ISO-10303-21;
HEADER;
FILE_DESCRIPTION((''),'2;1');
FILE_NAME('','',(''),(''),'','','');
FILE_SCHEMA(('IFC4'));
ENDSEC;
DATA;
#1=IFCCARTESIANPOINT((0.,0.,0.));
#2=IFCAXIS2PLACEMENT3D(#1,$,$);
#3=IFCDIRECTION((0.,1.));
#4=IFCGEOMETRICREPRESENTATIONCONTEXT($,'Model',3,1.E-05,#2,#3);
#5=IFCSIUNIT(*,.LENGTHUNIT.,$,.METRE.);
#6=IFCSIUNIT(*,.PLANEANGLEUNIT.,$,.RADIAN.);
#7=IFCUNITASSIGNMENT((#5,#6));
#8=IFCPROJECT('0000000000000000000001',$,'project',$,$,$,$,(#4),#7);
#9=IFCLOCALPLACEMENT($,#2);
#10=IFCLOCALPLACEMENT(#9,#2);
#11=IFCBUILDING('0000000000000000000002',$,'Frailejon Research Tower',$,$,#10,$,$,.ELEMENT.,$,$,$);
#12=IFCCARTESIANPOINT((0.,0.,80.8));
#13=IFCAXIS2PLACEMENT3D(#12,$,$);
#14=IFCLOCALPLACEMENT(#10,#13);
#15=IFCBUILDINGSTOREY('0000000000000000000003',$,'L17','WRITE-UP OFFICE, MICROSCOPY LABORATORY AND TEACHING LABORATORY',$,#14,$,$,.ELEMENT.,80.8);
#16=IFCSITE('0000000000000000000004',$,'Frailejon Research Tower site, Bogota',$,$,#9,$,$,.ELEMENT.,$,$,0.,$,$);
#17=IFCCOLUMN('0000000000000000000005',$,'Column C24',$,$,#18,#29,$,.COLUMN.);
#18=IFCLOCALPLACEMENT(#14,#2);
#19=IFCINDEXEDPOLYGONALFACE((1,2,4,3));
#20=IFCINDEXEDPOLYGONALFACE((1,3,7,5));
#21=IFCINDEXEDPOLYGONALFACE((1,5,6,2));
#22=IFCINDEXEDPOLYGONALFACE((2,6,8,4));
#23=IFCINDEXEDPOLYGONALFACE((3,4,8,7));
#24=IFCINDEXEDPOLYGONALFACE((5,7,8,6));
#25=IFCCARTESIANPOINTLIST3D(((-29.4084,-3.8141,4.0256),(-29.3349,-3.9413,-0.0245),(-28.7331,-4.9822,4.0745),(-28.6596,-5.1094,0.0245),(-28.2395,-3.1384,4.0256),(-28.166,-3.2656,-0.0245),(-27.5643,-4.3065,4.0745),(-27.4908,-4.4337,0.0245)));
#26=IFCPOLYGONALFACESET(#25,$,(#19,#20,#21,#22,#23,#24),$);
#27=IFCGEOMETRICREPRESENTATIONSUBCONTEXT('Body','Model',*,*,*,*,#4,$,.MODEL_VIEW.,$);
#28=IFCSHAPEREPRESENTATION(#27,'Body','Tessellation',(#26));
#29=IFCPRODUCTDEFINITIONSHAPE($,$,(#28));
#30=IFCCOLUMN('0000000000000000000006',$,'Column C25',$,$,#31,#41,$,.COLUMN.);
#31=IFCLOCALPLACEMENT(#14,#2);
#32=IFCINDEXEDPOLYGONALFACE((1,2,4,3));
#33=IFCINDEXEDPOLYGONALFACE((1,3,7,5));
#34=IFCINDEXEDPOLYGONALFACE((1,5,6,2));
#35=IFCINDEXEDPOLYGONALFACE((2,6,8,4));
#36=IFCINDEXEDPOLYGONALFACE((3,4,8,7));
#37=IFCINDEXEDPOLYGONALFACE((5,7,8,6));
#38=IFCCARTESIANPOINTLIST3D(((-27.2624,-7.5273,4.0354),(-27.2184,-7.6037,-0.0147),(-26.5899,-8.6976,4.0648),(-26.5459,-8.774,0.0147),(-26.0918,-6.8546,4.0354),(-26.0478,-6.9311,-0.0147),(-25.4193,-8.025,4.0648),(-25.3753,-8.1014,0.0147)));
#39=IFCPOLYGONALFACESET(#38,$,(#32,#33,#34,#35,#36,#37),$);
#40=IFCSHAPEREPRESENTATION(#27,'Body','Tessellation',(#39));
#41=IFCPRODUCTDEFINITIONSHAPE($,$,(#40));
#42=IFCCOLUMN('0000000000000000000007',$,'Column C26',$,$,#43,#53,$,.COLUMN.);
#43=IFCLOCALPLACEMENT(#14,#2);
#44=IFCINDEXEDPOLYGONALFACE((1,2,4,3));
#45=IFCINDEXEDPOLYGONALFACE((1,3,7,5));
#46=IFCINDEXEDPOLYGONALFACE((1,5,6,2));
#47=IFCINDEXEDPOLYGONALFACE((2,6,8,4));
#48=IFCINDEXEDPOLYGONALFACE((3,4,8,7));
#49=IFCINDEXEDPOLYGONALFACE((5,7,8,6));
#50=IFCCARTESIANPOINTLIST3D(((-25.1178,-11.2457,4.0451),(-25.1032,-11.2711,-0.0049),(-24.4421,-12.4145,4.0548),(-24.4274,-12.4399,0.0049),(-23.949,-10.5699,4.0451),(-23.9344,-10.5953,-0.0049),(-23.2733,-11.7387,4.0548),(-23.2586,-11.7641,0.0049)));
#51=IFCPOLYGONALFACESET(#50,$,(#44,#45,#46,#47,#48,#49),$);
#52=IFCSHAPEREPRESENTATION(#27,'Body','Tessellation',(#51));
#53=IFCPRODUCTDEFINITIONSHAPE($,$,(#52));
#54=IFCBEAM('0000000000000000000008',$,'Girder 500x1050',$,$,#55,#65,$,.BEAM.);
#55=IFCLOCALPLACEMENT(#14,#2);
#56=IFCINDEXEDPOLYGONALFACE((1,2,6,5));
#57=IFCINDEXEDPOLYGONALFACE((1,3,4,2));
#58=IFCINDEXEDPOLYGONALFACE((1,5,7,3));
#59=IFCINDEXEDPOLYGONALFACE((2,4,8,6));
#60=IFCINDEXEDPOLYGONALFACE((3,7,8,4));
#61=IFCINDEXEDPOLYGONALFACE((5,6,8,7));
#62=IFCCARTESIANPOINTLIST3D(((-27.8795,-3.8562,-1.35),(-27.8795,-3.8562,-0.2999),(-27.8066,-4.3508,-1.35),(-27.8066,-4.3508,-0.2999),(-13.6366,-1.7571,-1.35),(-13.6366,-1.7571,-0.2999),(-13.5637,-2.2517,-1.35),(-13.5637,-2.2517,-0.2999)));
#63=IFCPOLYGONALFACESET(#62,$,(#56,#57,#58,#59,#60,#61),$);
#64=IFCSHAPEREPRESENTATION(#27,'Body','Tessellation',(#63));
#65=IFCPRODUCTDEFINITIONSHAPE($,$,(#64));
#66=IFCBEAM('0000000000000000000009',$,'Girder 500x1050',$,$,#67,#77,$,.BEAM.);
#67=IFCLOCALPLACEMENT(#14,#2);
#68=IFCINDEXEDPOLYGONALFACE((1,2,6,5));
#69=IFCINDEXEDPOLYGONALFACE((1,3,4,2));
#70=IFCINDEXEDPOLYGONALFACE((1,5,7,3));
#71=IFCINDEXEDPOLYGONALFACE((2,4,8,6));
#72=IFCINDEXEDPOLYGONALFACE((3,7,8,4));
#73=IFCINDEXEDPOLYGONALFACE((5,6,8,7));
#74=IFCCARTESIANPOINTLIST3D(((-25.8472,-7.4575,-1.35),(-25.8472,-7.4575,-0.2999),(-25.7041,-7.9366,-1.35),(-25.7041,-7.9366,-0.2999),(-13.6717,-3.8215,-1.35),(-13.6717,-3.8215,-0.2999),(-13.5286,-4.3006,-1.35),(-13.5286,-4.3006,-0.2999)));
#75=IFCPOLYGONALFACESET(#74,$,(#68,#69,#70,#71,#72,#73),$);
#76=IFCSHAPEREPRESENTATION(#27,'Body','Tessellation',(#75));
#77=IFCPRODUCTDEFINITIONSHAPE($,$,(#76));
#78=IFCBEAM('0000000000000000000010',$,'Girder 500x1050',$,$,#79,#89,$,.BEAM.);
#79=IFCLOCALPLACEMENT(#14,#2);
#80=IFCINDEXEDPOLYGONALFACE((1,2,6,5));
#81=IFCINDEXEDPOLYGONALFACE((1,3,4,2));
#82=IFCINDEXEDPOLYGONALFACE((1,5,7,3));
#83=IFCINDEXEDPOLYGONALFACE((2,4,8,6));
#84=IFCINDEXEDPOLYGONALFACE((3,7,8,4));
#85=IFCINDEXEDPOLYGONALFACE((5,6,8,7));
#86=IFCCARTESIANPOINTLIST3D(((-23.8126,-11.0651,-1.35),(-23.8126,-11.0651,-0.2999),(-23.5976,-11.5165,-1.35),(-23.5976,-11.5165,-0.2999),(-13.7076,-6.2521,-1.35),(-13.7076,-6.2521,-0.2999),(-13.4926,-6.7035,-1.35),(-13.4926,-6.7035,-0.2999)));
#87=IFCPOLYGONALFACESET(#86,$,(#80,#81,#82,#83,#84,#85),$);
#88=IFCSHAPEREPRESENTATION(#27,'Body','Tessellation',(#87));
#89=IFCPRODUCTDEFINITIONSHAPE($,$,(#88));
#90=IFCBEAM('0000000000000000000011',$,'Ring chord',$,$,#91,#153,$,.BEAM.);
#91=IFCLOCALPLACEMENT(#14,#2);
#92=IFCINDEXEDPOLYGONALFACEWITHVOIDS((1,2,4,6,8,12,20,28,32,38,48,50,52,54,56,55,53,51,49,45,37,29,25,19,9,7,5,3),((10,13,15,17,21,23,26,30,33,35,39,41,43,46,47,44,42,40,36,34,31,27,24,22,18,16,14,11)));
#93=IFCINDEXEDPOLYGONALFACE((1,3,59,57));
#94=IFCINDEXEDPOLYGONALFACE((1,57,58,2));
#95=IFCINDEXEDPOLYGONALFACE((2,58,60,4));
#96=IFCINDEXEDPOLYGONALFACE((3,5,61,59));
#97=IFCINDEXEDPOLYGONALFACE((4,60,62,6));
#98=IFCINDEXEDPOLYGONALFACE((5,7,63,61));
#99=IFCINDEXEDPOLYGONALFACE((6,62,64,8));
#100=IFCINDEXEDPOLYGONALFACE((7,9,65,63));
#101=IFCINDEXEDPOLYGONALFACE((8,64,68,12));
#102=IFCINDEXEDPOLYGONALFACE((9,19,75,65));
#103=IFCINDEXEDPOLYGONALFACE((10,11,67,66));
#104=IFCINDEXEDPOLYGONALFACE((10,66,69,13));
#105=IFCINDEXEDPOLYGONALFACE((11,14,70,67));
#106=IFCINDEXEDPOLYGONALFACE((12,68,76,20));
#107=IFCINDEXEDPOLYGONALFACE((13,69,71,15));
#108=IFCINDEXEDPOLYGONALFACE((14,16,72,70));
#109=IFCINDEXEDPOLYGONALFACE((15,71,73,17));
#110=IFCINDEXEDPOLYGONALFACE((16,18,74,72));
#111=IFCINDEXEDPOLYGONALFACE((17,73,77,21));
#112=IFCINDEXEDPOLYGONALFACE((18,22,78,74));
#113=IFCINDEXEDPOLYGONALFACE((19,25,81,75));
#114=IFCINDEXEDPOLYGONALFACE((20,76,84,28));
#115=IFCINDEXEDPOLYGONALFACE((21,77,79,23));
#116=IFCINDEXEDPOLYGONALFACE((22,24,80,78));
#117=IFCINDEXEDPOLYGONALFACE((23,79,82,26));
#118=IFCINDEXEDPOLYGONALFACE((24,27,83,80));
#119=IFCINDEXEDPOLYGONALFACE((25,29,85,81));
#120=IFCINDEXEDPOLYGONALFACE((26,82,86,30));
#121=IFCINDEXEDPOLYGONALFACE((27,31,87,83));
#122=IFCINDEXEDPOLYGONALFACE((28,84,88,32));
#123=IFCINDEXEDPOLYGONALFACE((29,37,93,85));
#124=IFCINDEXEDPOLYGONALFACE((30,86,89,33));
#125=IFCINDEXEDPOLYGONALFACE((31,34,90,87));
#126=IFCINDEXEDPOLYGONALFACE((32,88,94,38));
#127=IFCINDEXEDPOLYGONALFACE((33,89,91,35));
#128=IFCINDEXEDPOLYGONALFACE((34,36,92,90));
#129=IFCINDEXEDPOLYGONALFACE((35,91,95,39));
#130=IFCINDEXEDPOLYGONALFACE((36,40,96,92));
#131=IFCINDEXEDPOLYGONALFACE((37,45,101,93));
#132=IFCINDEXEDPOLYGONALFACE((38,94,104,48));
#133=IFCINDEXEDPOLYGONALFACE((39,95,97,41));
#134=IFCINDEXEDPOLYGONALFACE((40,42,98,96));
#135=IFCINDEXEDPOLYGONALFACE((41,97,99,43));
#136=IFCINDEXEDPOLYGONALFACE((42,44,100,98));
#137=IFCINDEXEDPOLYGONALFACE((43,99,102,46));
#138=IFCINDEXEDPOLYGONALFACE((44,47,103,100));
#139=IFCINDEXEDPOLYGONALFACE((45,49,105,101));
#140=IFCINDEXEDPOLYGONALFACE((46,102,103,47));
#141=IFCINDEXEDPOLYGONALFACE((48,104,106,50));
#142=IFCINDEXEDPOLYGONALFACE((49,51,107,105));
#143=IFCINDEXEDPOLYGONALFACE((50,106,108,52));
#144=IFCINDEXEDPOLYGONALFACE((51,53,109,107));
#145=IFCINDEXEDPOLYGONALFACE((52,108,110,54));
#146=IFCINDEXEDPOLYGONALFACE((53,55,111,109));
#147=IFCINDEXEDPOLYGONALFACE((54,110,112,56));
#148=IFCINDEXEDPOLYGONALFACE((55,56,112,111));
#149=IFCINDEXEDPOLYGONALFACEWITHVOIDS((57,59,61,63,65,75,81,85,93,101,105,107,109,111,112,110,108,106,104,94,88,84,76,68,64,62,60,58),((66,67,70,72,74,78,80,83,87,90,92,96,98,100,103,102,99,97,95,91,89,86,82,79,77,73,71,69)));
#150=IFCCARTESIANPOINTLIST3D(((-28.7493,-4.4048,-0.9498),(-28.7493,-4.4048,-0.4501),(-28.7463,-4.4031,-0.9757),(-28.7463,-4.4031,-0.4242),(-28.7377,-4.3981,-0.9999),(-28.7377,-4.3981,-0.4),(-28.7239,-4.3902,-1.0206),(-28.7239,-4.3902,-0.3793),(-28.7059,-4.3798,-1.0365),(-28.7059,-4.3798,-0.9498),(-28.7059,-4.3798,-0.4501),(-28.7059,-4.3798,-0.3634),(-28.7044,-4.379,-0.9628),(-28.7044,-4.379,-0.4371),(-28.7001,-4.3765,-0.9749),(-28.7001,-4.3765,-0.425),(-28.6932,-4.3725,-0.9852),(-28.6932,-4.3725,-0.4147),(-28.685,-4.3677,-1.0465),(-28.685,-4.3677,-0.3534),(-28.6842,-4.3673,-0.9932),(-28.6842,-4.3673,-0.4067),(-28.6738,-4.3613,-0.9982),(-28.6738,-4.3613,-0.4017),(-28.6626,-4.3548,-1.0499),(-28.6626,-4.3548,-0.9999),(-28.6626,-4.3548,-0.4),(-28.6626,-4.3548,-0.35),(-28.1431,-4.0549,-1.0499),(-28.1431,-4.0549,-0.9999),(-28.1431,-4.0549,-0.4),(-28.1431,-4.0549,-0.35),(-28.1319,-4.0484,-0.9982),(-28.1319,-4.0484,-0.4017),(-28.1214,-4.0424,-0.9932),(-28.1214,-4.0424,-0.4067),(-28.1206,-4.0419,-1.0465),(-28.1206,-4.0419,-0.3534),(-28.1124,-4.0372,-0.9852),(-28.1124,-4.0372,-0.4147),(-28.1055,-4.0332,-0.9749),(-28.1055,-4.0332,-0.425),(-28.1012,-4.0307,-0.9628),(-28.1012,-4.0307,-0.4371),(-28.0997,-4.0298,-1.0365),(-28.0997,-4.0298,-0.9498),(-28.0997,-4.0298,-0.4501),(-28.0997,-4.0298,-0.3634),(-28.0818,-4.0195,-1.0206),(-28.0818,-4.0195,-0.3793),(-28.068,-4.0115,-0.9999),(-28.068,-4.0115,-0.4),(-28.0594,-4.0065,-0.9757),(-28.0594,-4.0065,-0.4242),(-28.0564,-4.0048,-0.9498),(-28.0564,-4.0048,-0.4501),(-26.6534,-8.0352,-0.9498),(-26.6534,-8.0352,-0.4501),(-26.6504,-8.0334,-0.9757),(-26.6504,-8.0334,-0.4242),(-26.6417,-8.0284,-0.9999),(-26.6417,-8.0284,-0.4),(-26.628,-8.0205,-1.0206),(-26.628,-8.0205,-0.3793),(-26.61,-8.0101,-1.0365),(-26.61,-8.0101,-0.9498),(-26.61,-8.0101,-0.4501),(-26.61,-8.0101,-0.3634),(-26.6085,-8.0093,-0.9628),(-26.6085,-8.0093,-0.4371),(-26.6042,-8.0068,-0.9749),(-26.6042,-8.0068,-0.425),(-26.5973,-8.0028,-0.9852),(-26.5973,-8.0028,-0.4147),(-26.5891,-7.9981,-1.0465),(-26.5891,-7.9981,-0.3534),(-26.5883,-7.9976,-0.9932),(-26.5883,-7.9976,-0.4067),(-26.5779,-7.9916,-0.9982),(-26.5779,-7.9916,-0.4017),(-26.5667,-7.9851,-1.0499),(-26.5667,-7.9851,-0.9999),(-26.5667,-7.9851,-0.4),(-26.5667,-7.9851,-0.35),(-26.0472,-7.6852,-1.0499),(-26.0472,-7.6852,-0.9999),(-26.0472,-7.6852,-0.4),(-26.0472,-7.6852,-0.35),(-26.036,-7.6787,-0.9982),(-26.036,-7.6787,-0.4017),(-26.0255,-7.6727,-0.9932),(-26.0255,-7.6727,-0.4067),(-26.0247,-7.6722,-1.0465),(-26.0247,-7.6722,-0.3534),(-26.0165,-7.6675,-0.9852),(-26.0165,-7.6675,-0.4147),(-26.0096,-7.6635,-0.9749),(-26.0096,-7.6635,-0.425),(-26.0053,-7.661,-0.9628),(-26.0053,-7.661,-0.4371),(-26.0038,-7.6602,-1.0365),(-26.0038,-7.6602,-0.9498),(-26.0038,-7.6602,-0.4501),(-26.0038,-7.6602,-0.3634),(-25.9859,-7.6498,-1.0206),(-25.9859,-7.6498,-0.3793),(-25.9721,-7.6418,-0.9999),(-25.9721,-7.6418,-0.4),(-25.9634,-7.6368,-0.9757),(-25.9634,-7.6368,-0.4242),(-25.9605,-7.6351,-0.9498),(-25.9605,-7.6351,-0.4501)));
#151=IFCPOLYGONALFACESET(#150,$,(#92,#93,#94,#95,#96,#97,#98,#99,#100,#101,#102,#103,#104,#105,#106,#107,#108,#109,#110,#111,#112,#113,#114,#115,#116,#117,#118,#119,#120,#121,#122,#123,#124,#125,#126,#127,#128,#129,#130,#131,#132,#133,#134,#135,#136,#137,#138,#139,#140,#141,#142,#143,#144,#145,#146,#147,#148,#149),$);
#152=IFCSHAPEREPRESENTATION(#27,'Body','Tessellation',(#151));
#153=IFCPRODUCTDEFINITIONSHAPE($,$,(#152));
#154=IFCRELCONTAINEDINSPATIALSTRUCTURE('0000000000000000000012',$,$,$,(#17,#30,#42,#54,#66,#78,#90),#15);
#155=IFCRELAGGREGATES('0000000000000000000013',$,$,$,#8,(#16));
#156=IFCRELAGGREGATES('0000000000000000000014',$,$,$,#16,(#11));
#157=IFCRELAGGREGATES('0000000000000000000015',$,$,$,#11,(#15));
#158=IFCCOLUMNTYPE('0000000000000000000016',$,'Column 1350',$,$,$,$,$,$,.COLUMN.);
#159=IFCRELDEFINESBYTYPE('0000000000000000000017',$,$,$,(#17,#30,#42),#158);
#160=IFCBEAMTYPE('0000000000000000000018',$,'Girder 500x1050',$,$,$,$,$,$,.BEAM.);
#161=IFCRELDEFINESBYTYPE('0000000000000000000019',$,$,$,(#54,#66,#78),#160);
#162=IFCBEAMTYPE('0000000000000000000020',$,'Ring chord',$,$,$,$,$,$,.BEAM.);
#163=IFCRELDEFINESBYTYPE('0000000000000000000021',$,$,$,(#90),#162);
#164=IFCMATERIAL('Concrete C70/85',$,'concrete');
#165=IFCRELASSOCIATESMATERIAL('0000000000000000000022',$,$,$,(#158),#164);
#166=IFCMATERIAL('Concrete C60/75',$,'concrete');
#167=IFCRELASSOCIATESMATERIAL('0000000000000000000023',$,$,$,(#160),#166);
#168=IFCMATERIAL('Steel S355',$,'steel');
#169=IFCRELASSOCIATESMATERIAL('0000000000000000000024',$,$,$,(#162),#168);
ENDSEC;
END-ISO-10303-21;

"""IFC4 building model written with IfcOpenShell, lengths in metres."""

from ifc_helpers import new_model, si_unit, direction, frame, origin, origin_2d, place, context, subcontext, project, spatial, rectangle, hollow_rectangle, extrude, material, material_profile, profile_set, type_object, element, save


model = new_model("IFC4")

# Units and contexts
model_context = context("Model", 3, precision=1e-05, world=origin(), true_north=direction((0.0, 1.0)))
body_context = subcontext(model_context, "Body", "Model", "MODEL_VIEW")
ifc_project = project(units=[si_unit("LENGTHUNIT", "METRE"), si_unit("PLANEANGLEUNIT", "RADIAN")], contexts=[model_context])

# Site, building, storey
site_placement = place(None, origin())
site = spatial("IfcSite", under=ifc_project, at=site_placement, Name="Frailejon Research Tower site, Bogota", CompositionType="ELEMENT", RefElevation=0.0)
building_placement = place(site_placement, origin())
building = spatial("IfcBuilding", under=site, at=building_placement, Name="Frailejon Research Tower", CompositionType="ELEMENT")
storey_placement = place(building_placement, frame((0.0, 0.0, 80.8)))
storey = spatial("IfcBuildingStorey", under=building, at=storey_placement, Name="L17", Description="WRITE-UP OFFICE, MICROSCOPY LABORATORY AND TEACHING LABORATORY", CompositionType="ELEMENT", Elevation=80.8)

# Columns
ifc_material_1 = material(Name="Concrete C70/85", Category="concrete")
ifc_material_profile_1 = material_profile(ifc_material_1, rectangle(XDim=1.3501, YDim=1.3501, at=origin_2d()), Name="Column 1350")
ifc_profile_set_1 = profile_set([ifc_material_profile_1], Name="Concrete C70/85")
column_type = type_object("IfcColumnType", Name="Column 1350", PredefinedType="COLUMN", material=ifc_profile_set_1)
column_1_placement = place(storey_placement, frame((-28.4128, -4.1875, 0.0), z_axis=(-0.018133, 0.031386, 0.999343), x_axis=(0.500145, -0.865183, 0.036247)))
element("IfcColumn", 1, at=column_1_placement, inside=storey, type_object=column_type, Name="Column C24", PredefinedType="COLUMN", context=body_context, shape_type="SweptSolid", body=[
    extrude(rectangle(XDim=1.3501, YDim=1.3501, at=origin_2d()), origin(), (0.0, 0.0, 1.0), 4.0527),
])
column_2_placement = place(storey_placement, frame((-26.2969, -7.8525, 0.0), z_axis=(-0.010848, 0.018863, 0.999763), x_axis=(0.49811, -0.866841, 0.02176)))
element("IfcColumn", 2, at=column_2_placement, inside=storey, type_object=column_type, Name="Column C25", PredefinedType="COLUMN", context=body_context, shape_type="SweptSolid", body=[
    extrude(rectangle(XDim=1.3501, YDim=1.3501, at=origin_2d()), origin(), (0.0, 0.0, 1.0), 4.051),
])
column_3_placement = place(storey_placement, frame((-24.1809, -11.5176, 0.0), z_axis=(-0.003617, 0.006269, 0.999974), x_axis=(0.50053, -0.865689, 0.007238)))
element("IfcColumn", 3, at=column_3_placement, inside=storey, type_object=column_type, Name="Column C26", PredefinedType="COLUMN", context=body_context, shape_type="SweptSolid", body=[
    extrude(rectangle(XDim=1.3501, YDim=1.3501, at=origin_2d()), origin(), (0.0, 0.0, 1.0), 4.05),
])

# Beams
ifc_material_2 = material(Name="Concrete C60/75", Category="concrete")
ifc_material_profile_2 = material_profile(ifc_material_2, rectangle(XDim=0.5, YDim=1.05, at=origin_2d()), Name="Girder 500x1050")
ifc_profile_set_2 = profile_set([ifc_material_profile_2], Name="Concrete C60/75")
beam_type_1 = type_object("IfcBeamType", Name="Girder 500x1050", PredefinedType="BEAM", material=ifc_profile_set_2)
beam_1_placement = place(storey_placement, frame((-27.843, -4.1035, -0.825), z_axis=(0.989313, 0.145805, 0.0), x_axis=(-0.145805, 0.989313, 0.0)))
element("IfcBeam", 4, at=beam_1_placement, inside=storey, type_object=beam_type_1, Name="Girder 500x1050", PredefinedType="BEAM", context=body_context, shape_type="SweptSolid", body=[
    extrude(rectangle(XDim=0.5, YDim=1.05, at=origin_2d()), origin(), (0.0, 0.0, 1.0), 14.3967),
])
beam_2_placement = place(storey_placement, frame((-25.7756, -7.697, -0.825), z_axis=(0.958187, 0.286144, 0.0), x_axis=(-0.286144, 0.958187, 0.0)))
element("IfcBeam", 5, at=beam_2_placement, inside=storey, type_object=beam_type_1, Name="Girder 500x1050", PredefinedType="BEAM", context=body_context, shape_type="SweptSolid", body=[
    extrude(rectangle(XDim=0.5, YDim=1.05, at=origin_2d()), origin(), (0.0, 0.0, 1.0), 12.7068),
])
beam_3_placement = place(storey_placement, frame((-23.7051, -11.2908, -0.825), z_axis=(0.902823, 0.430013, 0.0), x_axis=(-0.430013, 0.902823, 0.0)))
element("IfcBeam", 6, at=beam_3_placement, inside=storey, type_object=beam_type_1, Name="Girder 500x1050", PredefinedType="BEAM", context=body_context, shape_type="SweptSolid", body=[
    extrude(rectangle(XDim=0.5, YDim=1.05, at=origin_2d()), origin(), (0.0, 0.0, 1.0), 11.1926),
])
ifc_material_3 = material(Name="Steel S355", Category="steel")
ifc_material_profile_3 = material_profile(ifc_material_3, hollow_rectangle(XDim=0.8, YDim=0.7, WallThickness=0.05, InnerFilletRadius=0.05, OuterFilletRadius=0.1001, at=origin_2d()), Name="Ring chord")
ifc_profile_set_3 = profile_set([ifc_material_profile_3], Name="Steel S355")
beam_type_2 = type_object("IfcBeamType", Name="Ring chord", PredefinedType="BEAM", material=ifc_profile_set_3)
for number, where, z_axis, x_axis, name in (
    (7, (-28.4028, -4.2048, -0.7), (0.499991, -0.86603, 0.0), (0.86603, 0.499991, 0.0), "Ring chord"),
):
    element("IfcBeam", number, at=place(storey_placement, frame(where, z_axis=z_axis, x_axis=x_axis)), inside=storey, type_object=beam_type_2, Name=name, PredefinedType="BEAM", context=body_context, shape_type="SweptSolid", body=[
        extrude(hollow_rectangle(XDim=0.8, YDim=0.7, WallThickness=0.05, InnerFilletRadius=0.05, OuterFilletRadius=0.1001, at=origin_2d()), origin(), (0.0, 0.0, 1.0), 4.1919),
    ])

save(model, "model.ifc")
